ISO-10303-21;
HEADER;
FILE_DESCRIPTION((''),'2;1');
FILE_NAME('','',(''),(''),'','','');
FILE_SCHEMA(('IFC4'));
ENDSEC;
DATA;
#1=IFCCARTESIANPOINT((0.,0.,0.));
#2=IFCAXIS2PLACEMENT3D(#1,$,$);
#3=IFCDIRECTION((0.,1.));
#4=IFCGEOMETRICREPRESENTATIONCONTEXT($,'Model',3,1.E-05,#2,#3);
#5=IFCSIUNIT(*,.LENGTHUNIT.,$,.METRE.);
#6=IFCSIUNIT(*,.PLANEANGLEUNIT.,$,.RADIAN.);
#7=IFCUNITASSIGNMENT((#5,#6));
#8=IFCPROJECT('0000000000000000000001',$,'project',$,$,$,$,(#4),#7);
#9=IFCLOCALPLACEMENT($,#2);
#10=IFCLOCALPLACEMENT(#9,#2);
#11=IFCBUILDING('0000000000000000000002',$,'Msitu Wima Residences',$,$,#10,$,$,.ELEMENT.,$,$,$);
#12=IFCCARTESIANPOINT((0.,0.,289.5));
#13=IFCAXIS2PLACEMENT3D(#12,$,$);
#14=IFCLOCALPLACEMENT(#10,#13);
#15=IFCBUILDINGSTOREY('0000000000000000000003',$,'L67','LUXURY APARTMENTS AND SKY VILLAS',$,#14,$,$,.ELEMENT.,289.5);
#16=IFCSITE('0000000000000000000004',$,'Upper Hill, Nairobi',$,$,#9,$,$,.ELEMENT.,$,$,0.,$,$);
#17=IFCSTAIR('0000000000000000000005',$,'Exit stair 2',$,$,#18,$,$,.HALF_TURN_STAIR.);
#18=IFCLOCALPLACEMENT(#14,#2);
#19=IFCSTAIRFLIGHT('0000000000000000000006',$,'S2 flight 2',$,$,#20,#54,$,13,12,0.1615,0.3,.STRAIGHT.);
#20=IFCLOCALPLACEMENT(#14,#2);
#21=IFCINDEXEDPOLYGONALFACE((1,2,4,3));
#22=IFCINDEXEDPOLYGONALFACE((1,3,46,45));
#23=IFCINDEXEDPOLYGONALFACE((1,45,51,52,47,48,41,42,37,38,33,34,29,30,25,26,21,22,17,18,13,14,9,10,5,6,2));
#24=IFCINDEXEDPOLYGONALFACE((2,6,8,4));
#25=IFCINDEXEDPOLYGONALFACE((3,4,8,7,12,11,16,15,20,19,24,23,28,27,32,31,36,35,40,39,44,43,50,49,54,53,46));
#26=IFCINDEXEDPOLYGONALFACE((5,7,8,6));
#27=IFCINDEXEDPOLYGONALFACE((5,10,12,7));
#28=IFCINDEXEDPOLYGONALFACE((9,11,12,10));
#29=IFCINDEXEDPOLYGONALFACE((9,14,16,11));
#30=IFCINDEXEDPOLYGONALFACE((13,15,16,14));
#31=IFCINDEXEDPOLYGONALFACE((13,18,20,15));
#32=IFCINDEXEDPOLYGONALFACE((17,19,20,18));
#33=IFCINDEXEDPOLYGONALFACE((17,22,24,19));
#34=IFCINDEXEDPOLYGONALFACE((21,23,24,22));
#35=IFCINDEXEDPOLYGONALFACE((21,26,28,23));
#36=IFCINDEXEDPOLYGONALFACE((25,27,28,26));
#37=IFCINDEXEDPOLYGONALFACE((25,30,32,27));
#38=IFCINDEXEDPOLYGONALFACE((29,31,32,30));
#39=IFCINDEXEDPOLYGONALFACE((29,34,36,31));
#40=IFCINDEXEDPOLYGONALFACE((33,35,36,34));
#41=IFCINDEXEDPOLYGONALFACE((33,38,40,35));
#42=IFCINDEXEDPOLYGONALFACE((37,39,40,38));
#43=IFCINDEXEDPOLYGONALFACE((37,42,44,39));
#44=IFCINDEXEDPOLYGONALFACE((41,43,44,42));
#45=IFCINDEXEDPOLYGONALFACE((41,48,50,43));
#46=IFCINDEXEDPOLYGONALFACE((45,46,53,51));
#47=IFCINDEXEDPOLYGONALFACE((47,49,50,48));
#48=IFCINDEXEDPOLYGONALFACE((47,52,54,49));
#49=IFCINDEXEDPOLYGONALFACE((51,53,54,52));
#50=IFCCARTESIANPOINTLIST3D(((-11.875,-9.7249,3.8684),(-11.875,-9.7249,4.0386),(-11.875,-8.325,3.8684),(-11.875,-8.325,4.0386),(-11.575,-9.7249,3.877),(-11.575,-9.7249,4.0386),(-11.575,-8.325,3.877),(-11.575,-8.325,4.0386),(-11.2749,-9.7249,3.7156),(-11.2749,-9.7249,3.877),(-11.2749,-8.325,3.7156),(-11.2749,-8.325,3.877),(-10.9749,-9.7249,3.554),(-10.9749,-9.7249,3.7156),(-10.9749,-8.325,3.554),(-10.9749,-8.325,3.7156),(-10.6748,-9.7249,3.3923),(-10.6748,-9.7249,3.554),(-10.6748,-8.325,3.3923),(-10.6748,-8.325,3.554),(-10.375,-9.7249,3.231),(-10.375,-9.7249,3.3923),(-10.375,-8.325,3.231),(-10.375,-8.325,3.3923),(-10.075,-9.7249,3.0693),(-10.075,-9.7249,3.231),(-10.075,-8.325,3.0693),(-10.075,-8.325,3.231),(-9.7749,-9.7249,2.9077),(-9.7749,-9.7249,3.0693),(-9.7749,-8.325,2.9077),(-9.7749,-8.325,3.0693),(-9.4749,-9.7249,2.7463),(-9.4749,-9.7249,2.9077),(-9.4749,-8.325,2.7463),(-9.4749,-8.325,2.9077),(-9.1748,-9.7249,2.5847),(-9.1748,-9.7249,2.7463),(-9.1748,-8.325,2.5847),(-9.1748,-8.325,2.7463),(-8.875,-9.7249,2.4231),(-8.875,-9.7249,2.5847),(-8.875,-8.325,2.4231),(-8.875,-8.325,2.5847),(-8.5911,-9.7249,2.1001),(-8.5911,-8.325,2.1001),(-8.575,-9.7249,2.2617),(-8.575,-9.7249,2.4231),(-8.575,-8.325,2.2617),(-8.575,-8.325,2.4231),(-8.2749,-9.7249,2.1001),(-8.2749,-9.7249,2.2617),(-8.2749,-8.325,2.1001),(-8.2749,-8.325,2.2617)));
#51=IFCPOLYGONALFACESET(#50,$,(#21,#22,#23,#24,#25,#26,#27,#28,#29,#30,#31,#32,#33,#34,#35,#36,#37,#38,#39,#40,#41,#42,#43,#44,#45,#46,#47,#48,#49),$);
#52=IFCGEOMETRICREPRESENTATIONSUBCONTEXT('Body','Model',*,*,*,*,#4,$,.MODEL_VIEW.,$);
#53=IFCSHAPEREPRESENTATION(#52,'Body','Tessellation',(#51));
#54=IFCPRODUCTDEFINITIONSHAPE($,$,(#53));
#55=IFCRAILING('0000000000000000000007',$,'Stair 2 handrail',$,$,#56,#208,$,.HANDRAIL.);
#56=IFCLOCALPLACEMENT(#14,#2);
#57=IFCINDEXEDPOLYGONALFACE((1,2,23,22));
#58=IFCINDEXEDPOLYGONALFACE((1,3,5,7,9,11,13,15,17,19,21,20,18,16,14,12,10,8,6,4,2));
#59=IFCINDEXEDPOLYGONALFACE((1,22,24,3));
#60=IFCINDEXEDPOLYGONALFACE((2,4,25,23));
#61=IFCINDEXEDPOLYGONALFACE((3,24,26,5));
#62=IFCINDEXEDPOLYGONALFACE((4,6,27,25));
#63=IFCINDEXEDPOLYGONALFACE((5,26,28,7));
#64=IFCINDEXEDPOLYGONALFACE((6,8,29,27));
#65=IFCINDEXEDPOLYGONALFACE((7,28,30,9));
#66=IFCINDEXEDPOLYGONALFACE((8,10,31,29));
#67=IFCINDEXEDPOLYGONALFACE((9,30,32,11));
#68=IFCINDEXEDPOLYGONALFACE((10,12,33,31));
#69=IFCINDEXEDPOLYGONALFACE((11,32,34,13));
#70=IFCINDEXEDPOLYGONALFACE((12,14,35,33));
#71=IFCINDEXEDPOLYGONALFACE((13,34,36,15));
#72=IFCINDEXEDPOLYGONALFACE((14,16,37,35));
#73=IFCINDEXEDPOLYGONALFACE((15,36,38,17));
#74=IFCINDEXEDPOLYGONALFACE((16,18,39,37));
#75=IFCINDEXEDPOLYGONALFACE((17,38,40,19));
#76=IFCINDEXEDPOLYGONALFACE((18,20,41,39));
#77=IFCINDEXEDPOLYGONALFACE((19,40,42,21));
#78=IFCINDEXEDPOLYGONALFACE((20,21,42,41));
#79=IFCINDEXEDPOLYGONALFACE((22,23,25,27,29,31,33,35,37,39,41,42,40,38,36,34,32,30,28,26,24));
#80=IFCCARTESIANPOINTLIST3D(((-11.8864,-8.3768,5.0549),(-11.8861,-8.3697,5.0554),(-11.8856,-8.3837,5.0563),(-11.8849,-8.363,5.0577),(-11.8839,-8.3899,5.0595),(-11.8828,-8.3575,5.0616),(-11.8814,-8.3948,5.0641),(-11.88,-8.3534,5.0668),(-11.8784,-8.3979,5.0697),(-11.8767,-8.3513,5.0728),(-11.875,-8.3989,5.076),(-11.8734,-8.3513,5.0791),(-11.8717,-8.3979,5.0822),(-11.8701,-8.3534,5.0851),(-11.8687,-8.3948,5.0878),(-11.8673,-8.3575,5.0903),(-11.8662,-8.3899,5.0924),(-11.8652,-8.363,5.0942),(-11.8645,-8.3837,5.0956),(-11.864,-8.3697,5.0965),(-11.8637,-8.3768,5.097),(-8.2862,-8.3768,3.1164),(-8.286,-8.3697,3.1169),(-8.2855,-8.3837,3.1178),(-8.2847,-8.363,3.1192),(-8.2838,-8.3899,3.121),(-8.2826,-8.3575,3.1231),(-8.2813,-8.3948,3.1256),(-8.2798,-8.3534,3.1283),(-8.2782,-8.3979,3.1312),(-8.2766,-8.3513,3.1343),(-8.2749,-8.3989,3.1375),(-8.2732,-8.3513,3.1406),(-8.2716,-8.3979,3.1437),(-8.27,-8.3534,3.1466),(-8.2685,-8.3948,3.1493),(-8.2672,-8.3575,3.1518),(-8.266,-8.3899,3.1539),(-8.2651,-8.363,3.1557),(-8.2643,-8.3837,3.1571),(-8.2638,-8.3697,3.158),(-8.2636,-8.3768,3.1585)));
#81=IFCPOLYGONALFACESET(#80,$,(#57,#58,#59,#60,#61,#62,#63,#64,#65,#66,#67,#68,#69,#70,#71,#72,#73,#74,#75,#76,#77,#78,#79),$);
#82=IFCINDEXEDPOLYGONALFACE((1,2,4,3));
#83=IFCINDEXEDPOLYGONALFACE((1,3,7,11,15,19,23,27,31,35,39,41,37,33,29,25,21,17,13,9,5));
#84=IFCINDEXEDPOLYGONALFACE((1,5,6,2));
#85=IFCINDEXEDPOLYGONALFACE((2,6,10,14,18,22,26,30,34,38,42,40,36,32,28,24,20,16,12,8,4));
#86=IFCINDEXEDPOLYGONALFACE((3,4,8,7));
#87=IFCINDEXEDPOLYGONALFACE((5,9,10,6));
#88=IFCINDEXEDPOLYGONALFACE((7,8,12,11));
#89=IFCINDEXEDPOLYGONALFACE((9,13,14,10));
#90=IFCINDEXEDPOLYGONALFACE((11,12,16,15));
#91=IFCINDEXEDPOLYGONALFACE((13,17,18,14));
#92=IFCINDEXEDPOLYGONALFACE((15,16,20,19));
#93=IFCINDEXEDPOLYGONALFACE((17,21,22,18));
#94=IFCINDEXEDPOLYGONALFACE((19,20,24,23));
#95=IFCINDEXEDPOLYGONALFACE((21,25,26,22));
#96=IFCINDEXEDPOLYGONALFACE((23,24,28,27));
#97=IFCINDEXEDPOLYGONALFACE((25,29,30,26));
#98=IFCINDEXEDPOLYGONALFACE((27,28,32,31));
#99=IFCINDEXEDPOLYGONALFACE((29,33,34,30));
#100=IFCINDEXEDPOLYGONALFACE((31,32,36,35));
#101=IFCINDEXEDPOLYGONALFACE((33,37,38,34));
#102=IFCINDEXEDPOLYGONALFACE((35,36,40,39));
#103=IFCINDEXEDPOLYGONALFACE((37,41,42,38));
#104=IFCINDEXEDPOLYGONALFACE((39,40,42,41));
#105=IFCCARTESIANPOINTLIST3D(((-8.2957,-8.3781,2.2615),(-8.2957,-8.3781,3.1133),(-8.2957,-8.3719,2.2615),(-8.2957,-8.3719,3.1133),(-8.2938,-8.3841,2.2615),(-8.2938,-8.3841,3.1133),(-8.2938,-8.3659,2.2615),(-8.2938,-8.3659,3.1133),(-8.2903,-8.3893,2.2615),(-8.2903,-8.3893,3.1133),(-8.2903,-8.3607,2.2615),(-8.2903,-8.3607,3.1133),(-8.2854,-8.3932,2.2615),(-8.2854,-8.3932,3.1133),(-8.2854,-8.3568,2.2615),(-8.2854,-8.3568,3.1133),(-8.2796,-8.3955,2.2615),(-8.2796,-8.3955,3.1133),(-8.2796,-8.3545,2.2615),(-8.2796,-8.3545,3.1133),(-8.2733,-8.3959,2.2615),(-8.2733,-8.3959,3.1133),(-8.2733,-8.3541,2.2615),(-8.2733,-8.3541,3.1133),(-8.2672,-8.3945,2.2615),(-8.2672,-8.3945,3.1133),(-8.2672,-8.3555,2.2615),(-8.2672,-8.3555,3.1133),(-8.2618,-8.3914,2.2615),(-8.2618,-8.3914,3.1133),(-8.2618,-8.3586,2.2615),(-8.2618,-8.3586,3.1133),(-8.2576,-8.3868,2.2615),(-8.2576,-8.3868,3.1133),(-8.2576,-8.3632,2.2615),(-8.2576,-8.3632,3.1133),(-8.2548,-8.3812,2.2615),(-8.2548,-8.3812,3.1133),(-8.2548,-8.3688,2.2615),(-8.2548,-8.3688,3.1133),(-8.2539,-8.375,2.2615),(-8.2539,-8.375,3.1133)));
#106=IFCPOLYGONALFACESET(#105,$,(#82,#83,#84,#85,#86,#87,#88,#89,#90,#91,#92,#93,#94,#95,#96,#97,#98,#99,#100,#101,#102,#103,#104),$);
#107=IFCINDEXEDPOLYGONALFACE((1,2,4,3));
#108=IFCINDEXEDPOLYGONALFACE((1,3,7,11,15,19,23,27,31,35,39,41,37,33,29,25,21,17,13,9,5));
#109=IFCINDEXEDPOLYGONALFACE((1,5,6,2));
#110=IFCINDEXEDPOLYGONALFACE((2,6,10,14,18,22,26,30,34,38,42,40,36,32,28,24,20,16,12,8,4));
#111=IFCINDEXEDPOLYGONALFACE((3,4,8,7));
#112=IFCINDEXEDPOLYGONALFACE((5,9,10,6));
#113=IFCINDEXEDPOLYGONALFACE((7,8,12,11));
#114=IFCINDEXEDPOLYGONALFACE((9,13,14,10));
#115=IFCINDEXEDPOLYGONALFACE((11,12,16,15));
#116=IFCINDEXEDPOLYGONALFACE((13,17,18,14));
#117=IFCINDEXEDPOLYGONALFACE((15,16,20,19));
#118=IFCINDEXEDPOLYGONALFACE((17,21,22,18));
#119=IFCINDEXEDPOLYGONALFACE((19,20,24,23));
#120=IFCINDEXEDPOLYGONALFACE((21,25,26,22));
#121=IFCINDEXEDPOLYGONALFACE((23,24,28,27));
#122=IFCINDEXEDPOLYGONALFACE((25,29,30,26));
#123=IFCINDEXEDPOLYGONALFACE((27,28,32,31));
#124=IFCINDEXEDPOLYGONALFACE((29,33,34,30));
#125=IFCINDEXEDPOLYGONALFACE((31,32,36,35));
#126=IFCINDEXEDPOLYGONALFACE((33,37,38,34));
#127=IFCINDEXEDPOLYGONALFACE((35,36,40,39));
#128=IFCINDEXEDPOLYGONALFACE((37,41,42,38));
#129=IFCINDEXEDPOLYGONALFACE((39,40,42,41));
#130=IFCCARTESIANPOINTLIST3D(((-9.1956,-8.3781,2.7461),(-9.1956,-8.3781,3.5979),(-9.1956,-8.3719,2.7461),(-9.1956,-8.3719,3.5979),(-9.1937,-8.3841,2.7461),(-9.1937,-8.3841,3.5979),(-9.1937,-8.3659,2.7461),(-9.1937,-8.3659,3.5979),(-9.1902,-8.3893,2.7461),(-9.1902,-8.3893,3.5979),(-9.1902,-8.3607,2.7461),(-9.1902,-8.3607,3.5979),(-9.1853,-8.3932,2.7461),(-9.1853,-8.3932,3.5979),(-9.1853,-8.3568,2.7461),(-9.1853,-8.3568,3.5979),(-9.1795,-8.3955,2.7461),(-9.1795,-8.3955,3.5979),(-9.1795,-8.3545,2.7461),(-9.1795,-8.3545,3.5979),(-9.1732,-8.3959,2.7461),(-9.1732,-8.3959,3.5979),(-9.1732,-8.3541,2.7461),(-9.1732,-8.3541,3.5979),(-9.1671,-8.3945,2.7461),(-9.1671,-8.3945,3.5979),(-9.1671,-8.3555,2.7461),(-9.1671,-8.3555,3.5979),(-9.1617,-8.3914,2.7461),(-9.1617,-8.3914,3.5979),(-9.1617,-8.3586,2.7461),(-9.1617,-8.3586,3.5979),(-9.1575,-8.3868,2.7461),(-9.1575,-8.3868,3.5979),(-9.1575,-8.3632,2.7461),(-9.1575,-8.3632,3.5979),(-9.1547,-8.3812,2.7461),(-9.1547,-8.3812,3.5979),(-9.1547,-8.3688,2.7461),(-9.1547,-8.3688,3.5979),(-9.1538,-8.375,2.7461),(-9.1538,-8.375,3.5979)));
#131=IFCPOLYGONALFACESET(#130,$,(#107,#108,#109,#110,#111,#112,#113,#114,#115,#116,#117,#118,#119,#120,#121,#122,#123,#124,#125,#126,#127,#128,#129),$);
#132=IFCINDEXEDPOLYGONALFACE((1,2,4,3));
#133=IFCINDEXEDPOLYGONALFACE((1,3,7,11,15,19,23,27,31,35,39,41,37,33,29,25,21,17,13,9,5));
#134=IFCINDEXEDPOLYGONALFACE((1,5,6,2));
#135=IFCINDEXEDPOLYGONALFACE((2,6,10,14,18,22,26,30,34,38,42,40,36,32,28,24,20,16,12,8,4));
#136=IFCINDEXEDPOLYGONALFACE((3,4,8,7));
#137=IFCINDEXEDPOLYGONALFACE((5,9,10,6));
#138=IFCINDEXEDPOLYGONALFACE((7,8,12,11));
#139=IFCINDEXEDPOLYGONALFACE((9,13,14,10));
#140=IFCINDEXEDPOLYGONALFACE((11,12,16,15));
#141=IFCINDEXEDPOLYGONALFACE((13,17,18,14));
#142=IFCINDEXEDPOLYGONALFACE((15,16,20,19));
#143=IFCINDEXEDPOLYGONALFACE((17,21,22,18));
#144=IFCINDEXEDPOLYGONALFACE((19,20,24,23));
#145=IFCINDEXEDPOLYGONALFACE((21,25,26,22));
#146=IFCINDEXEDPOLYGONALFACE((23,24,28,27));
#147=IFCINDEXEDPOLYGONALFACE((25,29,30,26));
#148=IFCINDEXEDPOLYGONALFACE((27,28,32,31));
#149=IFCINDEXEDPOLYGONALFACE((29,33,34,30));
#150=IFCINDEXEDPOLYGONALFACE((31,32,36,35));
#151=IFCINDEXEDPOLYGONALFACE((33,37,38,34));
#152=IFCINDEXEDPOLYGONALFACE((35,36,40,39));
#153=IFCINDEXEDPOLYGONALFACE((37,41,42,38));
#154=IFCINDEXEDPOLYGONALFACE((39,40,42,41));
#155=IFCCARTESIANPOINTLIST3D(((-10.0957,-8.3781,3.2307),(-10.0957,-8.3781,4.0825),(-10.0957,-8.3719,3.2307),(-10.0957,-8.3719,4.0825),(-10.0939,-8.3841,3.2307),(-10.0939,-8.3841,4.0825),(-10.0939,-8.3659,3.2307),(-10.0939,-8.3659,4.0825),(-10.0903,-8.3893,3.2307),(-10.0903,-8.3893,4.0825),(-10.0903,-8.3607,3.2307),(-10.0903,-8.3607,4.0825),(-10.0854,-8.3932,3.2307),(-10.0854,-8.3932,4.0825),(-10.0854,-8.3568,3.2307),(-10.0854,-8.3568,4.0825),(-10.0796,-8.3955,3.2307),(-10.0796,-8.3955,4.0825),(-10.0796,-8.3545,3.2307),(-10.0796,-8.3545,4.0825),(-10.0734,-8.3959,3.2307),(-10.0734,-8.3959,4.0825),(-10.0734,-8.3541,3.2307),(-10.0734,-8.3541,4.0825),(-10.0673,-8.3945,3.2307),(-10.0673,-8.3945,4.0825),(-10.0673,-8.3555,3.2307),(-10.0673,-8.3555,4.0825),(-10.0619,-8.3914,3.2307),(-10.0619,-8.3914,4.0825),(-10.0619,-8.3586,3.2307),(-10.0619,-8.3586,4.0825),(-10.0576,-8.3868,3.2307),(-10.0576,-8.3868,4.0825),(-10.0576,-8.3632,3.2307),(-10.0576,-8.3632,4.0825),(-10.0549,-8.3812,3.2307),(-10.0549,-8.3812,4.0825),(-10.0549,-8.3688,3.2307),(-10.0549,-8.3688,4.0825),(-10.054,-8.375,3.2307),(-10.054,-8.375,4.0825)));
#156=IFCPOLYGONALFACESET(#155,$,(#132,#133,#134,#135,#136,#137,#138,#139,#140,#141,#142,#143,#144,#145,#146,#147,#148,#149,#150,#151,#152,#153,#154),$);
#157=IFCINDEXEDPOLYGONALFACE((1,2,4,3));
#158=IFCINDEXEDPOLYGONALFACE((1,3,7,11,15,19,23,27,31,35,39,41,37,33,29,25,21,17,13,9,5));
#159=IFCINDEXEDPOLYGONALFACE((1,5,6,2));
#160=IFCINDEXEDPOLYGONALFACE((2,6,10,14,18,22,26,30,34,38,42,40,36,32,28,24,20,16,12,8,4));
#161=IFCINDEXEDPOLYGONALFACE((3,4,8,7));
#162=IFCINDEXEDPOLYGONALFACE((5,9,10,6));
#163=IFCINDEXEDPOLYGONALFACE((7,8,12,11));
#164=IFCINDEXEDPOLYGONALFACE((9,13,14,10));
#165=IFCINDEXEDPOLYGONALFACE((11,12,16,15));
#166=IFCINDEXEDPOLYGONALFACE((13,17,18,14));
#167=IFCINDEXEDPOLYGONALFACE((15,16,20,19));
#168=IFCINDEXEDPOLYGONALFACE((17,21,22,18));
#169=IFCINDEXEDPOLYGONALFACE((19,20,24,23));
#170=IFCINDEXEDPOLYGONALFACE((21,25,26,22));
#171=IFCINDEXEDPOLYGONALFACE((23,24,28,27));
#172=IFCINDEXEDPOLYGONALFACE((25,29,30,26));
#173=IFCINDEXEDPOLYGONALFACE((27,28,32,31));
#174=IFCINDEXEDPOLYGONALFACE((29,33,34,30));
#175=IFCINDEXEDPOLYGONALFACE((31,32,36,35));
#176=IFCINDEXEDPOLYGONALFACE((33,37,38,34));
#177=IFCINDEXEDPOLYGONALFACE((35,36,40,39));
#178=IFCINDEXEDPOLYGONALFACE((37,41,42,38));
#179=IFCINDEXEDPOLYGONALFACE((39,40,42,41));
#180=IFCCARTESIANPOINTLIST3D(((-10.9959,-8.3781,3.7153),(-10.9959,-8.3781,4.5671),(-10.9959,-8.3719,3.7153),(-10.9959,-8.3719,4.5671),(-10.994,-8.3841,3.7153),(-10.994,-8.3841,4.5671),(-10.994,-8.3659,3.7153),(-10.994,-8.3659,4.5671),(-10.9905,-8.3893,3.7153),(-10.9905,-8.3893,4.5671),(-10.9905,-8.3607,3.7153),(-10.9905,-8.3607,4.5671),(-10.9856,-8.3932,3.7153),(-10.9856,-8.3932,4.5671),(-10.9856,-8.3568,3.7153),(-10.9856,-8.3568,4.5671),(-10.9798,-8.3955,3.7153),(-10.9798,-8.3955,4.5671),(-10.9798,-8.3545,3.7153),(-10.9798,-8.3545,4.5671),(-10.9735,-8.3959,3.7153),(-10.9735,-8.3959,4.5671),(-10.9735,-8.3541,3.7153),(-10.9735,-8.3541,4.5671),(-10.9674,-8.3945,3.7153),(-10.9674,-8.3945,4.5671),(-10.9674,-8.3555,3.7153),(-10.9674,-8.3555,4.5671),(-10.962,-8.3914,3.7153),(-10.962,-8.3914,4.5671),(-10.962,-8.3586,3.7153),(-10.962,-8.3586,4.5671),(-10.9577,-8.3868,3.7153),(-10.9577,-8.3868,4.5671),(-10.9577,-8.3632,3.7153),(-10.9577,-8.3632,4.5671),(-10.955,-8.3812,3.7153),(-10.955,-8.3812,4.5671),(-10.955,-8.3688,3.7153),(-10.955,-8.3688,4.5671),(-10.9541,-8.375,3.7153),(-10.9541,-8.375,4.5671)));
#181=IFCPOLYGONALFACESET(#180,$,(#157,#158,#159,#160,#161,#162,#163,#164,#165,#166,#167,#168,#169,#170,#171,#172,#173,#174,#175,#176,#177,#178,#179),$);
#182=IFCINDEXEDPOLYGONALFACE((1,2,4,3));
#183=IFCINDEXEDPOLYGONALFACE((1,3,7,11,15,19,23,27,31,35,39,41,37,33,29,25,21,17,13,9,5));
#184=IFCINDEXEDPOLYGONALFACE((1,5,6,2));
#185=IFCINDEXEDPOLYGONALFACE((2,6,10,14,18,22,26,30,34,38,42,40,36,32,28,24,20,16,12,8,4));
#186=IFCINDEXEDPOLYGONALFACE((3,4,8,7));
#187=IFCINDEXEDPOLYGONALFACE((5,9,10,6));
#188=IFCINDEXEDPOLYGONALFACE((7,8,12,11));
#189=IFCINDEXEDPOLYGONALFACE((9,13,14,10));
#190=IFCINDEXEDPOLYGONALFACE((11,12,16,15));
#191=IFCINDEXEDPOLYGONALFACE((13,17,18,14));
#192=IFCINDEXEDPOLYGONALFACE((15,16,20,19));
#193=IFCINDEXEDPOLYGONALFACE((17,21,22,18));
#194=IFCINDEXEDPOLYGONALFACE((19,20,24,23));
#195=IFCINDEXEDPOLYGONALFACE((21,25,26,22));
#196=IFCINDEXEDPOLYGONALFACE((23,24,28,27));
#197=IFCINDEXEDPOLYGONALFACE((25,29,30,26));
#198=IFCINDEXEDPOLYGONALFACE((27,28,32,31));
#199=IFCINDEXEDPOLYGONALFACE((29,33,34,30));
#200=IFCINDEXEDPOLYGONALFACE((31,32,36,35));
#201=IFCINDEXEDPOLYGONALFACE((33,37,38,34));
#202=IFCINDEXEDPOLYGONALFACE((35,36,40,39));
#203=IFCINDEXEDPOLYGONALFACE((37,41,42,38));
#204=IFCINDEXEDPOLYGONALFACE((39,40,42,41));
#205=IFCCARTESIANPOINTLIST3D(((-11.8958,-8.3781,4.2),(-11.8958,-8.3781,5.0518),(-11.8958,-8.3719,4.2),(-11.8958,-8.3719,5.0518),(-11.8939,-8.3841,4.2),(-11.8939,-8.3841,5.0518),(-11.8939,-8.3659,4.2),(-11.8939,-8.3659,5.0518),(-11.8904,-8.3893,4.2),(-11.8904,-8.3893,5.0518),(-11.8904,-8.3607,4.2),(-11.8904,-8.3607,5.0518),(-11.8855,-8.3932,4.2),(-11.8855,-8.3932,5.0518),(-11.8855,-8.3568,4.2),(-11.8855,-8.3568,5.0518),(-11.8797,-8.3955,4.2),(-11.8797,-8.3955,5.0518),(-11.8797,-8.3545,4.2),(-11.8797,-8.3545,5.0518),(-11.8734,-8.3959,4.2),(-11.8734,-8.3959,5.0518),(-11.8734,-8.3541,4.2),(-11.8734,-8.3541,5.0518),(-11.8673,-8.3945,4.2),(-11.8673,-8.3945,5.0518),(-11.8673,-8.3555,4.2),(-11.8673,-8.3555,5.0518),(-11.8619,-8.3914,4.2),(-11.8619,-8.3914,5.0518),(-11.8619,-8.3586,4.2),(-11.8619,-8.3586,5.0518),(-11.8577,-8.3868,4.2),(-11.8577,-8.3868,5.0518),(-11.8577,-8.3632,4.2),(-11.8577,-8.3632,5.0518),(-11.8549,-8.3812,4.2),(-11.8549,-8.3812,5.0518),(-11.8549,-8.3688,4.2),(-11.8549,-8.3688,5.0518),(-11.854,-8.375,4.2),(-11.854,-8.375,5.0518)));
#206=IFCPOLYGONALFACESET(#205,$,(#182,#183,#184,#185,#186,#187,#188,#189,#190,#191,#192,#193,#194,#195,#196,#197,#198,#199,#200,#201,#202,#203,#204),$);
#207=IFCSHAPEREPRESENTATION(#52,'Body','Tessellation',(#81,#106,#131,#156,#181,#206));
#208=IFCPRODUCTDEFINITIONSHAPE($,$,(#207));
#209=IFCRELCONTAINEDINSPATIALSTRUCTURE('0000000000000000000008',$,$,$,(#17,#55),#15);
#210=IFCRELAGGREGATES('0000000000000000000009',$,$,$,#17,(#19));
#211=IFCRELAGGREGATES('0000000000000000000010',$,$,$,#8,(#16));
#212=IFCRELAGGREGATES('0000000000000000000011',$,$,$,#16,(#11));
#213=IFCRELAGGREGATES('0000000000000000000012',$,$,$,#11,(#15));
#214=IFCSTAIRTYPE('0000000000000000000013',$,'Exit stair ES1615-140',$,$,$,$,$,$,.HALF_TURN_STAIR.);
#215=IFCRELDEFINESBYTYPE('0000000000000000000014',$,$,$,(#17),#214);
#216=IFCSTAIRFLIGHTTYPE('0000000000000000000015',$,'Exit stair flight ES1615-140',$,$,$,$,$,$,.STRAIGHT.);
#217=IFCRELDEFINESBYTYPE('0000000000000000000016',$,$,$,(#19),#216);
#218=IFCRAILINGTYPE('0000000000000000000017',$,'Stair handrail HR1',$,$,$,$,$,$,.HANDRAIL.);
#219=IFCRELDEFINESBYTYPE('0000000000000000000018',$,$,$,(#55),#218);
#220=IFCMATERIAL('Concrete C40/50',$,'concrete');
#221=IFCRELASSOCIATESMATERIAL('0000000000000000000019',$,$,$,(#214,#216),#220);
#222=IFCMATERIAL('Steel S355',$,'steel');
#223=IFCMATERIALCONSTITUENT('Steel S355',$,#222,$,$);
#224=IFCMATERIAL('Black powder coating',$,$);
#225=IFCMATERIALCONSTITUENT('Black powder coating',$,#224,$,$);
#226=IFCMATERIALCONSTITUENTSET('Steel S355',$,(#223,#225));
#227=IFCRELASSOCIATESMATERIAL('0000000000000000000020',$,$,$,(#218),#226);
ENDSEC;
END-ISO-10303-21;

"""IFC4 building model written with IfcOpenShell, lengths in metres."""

from ifc_helpers import new_model, si_unit, direction, frame, origin, origin_2d, place, context, subcontext, project, spatial, polyline, circle, outline, extrude, material, constituent, constituent_set, type_object, element, aggregate, save


model = new_model("IFC4")

# Units and contexts
model_context = context("Model", 3, precision=1e-05, world=origin(), true_north=direction((0.0, 1.0)))
body_context = subcontext(model_context, "Body", "Model", "MODEL_VIEW")
ifc_project = project(units=[si_unit("LENGTHUNIT", "METRE"), si_unit("PLANEANGLEUNIT", "RADIAN")], contexts=[model_context])

# Site, building, storey
site_placement = place(None, origin())
site = spatial("IfcSite", under=ifc_project, at=site_placement, Name="Upper Hill, Nairobi", CompositionType="ELEMENT", RefElevation=0.0)
building_placement = place(site_placement, origin())
building = spatial("IfcBuilding", under=site, at=building_placement, Name="Msitu Wima Residences", CompositionType="ELEMENT")
storey_placement = place(building_placement, frame((0.0, 0.0, 289.5)))
storey = spatial("IfcBuildingStorey", under=building, at=storey_placement, Name="L67", Description="LUXURY APARTMENTS AND SKY VILLAS", CompositionType="ELEMENT", Elevation=289.5)

# Shared definitions
ifc_material_1 = material(Name="Concrete C40/50", Category="concrete")

# Stair, stair flight
stair_type = type_object("IfcStairType", Name="Exit stair ES1615-140", PredefinedType="HALF_TURN_STAIR", material=ifc_material_1)
stair_placement = place(storey_placement, origin())
stair = element("IfcStair", 1, at=stair_placement, inside=storey, type_object=stair_type, Name="Exit stair 2", PredefinedType="HALF_TURN_STAIR")
stair_flight_type = type_object("IfcStairFlightType", Name="Exit stair flight ES1615-140", PredefinedType="STRAIGHT", material=ifc_material_1)
stair_flight_placement = place(storey_placement, frame((-8.2749, -9.0249, 2.1001), z_axis=(0.0, 0.0, 1.0), x_axis=(-1.0, 0.0, 0.0)))
stair_flight = element("IfcStairFlight", 2, at=stair_flight_placement, type_object=stair_flight_type, Name="S2 flight 2", NumberOfRisers=13, NumberOfTreads=12, PredefinedType="STRAIGHT", RiserHeight=0.1615, TreadLength=0.3, context=body_context, shape_type="SweptSolid", body=[
    extrude(outline(polyline([(0.0, 0.0), (0.0, 0.1616), (0.3, 0.1616), (0.3, 0.323), (0.6001, 0.323), (0.6001, 0.4846), (0.8999, 0.4846), (0.8999, 0.6462), (1.2, 0.6462), (1.2, 0.8076), (1.5, 0.8076), (1.5, 0.9692), (1.8, 0.9692), (1.8, 1.1309), (2.1001, 1.1309), (2.1001, 1.2922), (2.3999, 1.2922), (2.3999, 1.4539), (2.7, 1.4539), (2.7, 1.6155), (3.0, 1.6155), (3.0, 1.7769), (3.3, 1.7769), (3.3, 1.9385), (3.6001, 1.9385), (3.6001, 2.1001), (3.6001, 1.7683), (0.3162, 0.0), (0.0, 0.0)])), frame((0.0, 0.7, 0.0), z_axis=(0.0, -1.0, 0.0), x_axis=(1.0, 0.0, 0.0)), (0.0, 0.0, 1.0), 1.3999),
])
aggregate(stair, [stair_flight])

# Railing
ifc_material_2 = material(Name="Steel S355", Category="steel")
ifc_constituent_1 = constituent(ifc_material_2, Name="Steel S355")
ifc_material_3 = material(Name="Black powder coating")
ifc_constituent_2 = constituent(ifc_material_3, Name="Black powder coating")
ifc_constituent_set = constituent_set(constituents=[ifc_constituent_1, ifc_constituent_2], Name="Steel S355")
railing_type = type_object("IfcRailingType", Name="Stair handrail HR1", PredefinedType="HANDRAIL", material=ifc_constituent_set)
railing_placement = place(storey_placement, frame((-8.2749, -8.375, 2.2615)))
element("IfcRailing", 3, at=railing_placement, inside=storey, type_object=railing_type, Name="Stair 2 handrail", PredefinedType="HANDRAIL", context=body_context, shape_type="SweptSolid", body=[
    extrude(circle(Radius=0.0239, at=origin_2d()), frame((0.0, 0.0, 0.876), z_axis=(-0.880475, 0.0, 0.474093), x_axis=(0.0, -1.0, 0.0)), (0.0, 0.0, 1.0), 4.0889),
    extrude(circle(Radius=0.021, at=origin_2d()), origin(), (0.0, 0.0, 1.0), 0.8518),
    extrude(circle(Radius=0.021, at=origin_2d()), frame((-0.8999, 0.0, 0.4846)), (0.0, 0.0, 1.0), 0.8518),
    extrude(circle(Radius=0.021, at=origin_2d()), frame((-1.8, 0.0, 0.9692)), (0.0, 0.0, 1.0), 0.8518),
    extrude(circle(Radius=0.021, at=origin_2d()), frame((-2.7002, 0.0, 1.4539)), (0.0, 0.0, 1.0), 0.8518),
    extrude(circle(Radius=0.021, at=origin_2d()), frame((-3.6001, 0.0, 1.9385)), (0.0, 0.0, 1.0), 0.8518),
])

save(model, "model.ifc")
